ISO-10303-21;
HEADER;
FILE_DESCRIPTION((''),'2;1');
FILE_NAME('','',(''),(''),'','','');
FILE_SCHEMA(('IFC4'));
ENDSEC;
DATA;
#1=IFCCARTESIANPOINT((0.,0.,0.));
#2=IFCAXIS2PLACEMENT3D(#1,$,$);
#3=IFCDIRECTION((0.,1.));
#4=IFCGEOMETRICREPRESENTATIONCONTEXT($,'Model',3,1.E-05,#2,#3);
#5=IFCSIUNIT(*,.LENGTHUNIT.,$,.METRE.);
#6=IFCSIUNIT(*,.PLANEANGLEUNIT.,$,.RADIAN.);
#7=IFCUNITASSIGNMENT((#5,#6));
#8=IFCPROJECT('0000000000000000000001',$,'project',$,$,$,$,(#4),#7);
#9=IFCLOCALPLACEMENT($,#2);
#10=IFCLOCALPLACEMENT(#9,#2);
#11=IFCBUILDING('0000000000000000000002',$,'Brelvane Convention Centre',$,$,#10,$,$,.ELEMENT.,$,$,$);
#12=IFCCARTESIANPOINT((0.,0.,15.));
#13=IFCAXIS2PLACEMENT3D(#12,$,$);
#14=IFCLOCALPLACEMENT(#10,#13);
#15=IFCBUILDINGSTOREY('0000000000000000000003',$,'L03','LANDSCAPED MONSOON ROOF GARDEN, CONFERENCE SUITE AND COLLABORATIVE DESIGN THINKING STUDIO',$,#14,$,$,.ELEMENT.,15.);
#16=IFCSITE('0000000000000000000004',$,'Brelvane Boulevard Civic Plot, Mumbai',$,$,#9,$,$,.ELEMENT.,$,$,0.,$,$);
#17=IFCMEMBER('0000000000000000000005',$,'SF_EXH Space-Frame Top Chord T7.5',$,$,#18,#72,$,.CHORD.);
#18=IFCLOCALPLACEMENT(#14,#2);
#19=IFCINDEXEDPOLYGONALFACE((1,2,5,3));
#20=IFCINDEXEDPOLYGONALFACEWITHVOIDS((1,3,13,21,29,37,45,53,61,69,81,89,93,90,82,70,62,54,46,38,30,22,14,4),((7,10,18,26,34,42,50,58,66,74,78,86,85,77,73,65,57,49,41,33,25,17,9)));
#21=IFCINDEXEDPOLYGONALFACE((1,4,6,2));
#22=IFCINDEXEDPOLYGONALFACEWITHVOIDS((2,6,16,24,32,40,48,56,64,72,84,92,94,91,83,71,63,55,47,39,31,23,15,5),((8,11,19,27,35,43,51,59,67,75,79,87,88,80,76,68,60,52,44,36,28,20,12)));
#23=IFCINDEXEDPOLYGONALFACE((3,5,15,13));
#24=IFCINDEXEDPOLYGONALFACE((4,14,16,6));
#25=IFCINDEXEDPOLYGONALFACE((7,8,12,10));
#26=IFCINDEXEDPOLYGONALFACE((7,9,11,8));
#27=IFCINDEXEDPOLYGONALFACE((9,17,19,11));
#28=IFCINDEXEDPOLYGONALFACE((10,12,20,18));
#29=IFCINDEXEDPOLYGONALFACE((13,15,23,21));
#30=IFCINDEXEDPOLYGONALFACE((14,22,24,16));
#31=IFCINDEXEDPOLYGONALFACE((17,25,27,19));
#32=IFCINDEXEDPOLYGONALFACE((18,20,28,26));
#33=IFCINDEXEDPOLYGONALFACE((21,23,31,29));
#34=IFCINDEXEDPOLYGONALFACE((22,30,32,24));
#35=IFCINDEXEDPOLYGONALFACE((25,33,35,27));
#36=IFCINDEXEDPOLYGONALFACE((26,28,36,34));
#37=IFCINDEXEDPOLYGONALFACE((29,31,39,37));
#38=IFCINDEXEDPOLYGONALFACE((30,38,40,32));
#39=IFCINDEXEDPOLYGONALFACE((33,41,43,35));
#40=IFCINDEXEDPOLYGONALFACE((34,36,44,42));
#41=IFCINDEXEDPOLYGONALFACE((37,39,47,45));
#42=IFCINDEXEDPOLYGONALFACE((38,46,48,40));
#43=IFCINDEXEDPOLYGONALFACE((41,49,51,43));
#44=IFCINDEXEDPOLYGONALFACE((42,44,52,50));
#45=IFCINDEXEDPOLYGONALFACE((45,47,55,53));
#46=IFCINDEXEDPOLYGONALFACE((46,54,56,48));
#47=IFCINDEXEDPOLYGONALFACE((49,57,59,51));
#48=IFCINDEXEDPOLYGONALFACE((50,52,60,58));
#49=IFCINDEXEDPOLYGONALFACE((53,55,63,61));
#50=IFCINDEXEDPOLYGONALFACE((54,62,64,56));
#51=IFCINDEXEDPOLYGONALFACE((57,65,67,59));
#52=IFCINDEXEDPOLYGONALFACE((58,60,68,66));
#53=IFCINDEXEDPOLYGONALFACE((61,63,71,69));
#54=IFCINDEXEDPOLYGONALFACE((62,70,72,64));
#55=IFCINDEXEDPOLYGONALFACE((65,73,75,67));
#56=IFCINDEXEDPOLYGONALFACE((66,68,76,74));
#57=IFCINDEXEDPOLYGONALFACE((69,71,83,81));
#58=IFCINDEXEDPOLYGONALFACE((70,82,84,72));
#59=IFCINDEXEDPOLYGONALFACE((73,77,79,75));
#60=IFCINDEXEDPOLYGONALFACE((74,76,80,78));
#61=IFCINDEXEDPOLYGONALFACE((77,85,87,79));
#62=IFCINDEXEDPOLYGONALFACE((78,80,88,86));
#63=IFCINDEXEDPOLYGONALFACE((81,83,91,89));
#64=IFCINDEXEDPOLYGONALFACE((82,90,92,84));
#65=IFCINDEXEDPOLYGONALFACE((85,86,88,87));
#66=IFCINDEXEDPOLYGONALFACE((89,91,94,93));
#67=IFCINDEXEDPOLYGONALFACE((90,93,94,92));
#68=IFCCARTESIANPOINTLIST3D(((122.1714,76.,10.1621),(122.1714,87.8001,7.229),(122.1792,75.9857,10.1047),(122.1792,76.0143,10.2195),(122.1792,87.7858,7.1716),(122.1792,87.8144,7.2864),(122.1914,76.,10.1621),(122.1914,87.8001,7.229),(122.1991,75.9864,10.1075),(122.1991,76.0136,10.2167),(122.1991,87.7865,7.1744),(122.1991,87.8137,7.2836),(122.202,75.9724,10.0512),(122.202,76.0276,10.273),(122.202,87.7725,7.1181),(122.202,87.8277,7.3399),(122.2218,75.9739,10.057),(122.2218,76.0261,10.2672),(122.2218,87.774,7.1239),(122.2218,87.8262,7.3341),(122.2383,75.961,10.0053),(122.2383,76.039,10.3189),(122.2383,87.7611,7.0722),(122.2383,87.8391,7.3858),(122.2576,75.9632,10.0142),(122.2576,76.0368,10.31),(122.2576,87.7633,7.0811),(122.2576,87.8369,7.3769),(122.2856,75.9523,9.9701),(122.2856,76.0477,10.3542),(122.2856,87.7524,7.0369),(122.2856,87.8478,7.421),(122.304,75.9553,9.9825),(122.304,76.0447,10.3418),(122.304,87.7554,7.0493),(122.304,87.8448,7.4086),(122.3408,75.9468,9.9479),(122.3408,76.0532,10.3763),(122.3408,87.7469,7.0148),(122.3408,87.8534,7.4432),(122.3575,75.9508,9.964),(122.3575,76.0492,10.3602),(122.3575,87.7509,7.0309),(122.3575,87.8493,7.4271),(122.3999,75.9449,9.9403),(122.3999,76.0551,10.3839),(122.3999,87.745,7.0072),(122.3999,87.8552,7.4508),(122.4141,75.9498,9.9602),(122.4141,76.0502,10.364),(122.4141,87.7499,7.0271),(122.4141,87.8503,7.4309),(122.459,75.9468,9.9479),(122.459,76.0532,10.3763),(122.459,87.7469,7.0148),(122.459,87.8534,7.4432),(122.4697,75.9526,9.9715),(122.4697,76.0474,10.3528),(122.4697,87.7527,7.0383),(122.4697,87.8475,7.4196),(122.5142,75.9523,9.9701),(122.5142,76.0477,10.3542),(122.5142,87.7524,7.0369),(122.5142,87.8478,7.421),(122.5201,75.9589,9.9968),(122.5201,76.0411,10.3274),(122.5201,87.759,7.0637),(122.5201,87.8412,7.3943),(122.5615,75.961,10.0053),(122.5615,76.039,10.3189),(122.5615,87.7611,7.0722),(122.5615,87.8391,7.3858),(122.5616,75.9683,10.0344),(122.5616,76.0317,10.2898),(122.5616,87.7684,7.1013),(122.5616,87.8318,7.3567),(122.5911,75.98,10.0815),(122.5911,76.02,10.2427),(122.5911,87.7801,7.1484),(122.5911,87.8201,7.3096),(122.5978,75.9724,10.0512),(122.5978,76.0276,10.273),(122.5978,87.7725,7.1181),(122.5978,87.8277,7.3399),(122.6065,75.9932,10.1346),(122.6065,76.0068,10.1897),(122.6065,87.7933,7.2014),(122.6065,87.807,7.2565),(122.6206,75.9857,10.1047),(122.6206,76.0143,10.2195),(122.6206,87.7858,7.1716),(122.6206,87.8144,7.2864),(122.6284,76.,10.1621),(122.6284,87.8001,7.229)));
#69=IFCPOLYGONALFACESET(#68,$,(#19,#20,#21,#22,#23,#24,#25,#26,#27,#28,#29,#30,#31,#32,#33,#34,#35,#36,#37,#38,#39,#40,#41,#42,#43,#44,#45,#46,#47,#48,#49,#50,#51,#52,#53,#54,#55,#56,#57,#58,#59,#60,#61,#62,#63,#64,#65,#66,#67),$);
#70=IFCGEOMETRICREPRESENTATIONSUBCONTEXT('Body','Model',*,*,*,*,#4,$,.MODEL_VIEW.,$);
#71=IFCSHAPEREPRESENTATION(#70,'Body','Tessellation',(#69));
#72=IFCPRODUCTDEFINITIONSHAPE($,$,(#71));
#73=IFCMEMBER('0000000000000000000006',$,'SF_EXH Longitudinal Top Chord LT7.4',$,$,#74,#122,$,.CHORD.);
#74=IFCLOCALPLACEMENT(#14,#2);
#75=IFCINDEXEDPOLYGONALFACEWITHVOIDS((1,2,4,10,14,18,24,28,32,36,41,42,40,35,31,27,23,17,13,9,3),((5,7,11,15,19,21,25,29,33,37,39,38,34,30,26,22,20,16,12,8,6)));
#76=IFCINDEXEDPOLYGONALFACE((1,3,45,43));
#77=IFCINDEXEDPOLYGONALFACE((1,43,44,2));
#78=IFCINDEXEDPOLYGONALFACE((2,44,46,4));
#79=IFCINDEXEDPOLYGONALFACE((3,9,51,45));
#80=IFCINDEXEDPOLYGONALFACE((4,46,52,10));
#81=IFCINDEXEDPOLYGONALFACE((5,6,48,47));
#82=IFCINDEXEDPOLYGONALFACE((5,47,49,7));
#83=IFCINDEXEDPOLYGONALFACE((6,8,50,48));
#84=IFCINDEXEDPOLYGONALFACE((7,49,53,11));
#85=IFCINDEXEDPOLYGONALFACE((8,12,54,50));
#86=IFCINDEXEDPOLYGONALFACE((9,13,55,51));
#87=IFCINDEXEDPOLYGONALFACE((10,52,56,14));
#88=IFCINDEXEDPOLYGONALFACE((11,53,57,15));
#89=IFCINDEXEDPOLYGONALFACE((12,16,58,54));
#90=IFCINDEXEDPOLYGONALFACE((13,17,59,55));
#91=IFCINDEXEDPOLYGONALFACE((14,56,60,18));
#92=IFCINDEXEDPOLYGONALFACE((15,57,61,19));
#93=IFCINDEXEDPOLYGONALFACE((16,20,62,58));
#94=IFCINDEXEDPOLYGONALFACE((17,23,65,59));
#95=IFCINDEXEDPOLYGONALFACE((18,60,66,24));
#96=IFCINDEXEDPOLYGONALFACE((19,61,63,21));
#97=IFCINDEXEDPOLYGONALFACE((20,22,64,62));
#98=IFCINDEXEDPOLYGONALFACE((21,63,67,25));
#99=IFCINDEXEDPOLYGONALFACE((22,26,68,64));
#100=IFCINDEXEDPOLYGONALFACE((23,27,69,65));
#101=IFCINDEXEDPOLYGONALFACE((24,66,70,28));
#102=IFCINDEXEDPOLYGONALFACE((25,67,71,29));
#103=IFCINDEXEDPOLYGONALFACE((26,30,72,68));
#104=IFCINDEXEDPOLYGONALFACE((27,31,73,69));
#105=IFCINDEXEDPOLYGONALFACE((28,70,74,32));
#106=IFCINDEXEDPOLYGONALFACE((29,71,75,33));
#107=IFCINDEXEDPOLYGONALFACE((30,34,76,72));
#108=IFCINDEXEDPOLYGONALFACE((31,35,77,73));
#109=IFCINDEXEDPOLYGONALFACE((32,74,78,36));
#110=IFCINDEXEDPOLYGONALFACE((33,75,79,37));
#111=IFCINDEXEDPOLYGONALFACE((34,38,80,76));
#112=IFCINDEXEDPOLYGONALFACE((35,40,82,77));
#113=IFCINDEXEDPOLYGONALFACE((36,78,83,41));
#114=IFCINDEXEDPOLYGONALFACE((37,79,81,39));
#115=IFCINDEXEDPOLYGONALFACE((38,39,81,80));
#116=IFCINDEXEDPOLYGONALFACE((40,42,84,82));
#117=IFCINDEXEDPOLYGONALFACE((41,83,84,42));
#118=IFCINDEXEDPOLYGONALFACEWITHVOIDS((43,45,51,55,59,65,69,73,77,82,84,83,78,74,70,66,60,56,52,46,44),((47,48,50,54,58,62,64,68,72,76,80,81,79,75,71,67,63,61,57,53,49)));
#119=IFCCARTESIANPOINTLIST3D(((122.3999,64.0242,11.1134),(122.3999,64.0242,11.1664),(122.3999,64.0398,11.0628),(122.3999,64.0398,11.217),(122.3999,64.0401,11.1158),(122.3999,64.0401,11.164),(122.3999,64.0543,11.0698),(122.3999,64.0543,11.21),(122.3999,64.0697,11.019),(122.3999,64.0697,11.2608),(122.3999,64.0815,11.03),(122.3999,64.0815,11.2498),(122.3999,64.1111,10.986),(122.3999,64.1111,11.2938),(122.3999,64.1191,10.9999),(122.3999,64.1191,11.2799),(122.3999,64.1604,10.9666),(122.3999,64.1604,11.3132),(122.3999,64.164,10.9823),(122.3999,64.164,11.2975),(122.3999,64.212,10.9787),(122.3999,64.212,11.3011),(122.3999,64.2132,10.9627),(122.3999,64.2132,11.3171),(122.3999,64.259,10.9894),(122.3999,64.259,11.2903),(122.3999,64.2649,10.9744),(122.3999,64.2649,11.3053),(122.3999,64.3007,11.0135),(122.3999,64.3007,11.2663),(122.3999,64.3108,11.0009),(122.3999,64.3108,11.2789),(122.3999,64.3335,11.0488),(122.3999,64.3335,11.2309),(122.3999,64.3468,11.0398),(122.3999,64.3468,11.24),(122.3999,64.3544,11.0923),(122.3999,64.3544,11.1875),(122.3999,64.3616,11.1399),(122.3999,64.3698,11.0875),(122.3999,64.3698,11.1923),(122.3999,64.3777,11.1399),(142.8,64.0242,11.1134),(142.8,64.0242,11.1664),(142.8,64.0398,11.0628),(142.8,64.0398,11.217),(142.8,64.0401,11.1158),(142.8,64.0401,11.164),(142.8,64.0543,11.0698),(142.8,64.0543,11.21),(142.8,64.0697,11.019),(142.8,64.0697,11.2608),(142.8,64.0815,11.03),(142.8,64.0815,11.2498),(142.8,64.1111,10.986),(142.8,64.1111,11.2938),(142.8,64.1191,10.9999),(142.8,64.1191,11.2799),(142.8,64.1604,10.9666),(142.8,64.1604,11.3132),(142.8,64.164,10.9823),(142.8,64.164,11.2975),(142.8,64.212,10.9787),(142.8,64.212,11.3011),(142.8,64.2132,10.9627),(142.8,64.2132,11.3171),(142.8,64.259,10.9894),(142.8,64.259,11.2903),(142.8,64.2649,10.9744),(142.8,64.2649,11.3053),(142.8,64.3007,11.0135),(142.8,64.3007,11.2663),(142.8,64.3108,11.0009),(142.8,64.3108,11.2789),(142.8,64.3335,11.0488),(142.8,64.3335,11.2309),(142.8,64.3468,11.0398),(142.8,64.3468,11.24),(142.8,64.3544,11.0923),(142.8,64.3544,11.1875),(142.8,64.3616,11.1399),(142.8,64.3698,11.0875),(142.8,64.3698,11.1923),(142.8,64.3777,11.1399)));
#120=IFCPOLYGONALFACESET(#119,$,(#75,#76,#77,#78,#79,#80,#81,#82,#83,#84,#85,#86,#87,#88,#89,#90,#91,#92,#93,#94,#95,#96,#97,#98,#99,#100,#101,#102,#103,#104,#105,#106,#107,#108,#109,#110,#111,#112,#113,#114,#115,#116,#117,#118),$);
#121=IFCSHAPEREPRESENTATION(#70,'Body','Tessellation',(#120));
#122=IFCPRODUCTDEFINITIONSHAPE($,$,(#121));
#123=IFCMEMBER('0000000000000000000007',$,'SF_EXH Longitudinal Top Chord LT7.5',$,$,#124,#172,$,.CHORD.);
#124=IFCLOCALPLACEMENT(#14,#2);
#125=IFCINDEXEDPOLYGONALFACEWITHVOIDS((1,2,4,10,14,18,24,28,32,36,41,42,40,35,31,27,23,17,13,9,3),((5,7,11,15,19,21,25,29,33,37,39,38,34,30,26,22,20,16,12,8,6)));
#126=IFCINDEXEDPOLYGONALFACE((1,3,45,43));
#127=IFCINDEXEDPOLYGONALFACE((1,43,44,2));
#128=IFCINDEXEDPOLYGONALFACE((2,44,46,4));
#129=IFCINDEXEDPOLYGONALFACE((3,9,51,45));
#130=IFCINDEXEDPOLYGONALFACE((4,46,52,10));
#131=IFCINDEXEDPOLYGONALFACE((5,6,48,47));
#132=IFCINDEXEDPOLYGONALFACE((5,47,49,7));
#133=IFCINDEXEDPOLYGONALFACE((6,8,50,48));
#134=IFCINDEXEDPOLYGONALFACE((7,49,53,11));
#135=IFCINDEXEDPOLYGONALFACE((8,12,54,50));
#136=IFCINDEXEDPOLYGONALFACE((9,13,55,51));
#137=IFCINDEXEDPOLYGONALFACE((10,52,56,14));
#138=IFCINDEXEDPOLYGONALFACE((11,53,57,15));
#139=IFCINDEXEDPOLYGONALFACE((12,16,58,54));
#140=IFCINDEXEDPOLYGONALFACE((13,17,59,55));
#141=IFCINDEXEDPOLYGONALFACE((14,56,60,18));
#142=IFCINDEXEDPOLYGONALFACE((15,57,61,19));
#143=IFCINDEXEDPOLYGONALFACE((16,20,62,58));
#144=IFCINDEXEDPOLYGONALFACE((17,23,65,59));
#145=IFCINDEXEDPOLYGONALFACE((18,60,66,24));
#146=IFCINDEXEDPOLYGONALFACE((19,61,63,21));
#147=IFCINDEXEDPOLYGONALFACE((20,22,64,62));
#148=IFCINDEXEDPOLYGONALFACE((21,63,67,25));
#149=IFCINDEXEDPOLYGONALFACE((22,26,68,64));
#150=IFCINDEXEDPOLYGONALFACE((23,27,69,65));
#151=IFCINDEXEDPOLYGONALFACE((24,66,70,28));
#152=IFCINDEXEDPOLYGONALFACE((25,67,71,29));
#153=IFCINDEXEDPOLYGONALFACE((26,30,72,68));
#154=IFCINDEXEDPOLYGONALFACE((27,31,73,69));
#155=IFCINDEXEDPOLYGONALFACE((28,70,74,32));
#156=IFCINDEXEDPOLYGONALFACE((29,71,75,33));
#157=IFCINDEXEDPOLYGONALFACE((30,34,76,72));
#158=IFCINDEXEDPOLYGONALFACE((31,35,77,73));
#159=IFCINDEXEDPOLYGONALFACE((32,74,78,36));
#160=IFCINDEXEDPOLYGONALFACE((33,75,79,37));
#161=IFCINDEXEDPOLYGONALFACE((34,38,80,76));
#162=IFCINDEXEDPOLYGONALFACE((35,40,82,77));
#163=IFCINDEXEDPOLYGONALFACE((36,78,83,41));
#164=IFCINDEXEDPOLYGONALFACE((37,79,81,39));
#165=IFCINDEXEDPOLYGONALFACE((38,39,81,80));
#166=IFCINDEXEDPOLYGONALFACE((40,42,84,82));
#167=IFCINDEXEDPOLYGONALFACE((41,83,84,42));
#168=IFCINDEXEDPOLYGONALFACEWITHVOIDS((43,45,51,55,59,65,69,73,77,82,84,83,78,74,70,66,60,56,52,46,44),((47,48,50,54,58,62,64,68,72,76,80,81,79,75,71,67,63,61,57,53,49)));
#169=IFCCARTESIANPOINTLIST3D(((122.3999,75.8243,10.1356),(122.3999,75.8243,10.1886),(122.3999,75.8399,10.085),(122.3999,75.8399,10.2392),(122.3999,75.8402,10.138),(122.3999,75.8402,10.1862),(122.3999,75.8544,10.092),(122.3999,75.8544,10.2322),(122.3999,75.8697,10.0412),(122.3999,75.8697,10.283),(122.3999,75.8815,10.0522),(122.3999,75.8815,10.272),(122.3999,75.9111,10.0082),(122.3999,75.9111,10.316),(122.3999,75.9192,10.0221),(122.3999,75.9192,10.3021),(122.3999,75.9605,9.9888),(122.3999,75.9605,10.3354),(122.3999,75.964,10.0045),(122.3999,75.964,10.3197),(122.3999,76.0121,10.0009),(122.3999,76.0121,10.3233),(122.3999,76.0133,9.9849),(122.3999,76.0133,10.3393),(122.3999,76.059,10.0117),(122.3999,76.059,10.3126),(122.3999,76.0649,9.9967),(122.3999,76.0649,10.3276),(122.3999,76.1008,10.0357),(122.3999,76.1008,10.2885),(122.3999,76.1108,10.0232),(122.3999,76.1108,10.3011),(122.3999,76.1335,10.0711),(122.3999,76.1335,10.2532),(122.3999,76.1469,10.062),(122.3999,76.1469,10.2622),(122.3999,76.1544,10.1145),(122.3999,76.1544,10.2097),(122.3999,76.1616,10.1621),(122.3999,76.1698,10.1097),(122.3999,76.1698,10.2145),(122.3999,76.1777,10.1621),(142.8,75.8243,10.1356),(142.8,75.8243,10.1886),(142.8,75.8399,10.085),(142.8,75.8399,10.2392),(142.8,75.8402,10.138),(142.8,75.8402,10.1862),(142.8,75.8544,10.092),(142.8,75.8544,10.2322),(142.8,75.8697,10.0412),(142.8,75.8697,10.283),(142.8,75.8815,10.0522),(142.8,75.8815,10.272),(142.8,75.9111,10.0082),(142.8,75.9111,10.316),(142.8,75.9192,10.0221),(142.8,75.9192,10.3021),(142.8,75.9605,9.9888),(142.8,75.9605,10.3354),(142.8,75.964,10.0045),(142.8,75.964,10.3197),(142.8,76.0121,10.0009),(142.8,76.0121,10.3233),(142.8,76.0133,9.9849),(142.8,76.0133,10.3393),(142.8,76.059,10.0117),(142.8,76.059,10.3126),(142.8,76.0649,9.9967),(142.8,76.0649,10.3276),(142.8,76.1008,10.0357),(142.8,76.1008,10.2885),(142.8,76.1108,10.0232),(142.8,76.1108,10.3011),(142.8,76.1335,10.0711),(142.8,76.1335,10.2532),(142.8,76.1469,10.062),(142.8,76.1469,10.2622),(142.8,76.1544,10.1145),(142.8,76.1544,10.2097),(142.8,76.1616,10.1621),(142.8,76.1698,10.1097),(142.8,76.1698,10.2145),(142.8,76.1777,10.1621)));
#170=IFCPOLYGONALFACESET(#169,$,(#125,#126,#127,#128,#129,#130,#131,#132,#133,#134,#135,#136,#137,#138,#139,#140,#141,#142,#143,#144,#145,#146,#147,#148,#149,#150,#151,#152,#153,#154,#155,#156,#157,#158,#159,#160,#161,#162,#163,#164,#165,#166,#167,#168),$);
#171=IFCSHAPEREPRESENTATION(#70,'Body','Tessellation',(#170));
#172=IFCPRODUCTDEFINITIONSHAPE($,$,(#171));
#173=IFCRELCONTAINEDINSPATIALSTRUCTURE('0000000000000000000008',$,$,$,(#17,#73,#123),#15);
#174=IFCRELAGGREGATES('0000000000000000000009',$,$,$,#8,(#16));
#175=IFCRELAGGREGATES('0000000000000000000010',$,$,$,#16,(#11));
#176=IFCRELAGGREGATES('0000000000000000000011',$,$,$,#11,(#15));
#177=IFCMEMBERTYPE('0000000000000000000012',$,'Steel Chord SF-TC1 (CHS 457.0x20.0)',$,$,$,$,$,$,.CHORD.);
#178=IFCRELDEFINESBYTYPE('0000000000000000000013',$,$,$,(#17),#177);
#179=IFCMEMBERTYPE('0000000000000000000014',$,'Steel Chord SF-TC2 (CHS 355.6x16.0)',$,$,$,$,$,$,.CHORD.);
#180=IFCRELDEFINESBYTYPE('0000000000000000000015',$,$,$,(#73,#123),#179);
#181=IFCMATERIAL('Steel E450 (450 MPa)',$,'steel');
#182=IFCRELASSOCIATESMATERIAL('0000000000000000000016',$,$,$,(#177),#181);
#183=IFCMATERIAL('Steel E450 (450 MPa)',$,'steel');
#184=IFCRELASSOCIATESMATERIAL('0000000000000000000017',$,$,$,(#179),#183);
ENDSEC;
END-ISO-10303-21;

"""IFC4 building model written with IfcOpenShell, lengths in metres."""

from ifc_helpers import new_model, si_unit, direction, frame, origin, origin_2d, place, context, subcontext, project, spatial, hollow_circle, extrude, material, material_profile, profile_set, type_object, element, save


model = new_model("IFC4")

# Units and contexts
model_context = context("Model", 3, precision=1e-05, world=origin(), true_north=direction((0.0, 1.0)))
body_context = subcontext(model_context, "Body", "Model", "MODEL_VIEW")
ifc_project = project(units=[si_unit("LENGTHUNIT", "METRE"), si_unit("PLANEANGLEUNIT", "RADIAN")], contexts=[model_context])

# Site, building, storey
site_placement = place(None, origin())
site = spatial("IfcSite", under=ifc_project, at=site_placement, Name="Brelvane Boulevard Civic Plot, Mumbai", CompositionType="ELEMENT", RefElevation=0.0)
building_placement = place(site_placement, origin())
building = spatial("IfcBuilding", under=site, at=building_placement, Name="Brelvane Convention Centre", CompositionType="ELEMENT")
storey_placement = place(building_placement, frame((0.0, 0.0, 15.0)))
storey = spatial("IfcBuildingStorey", under=building, at=storey_placement, Name="L03", Description="LANDSCAPED MONSOON ROOF GARDEN, CONFERENCE SUITE AND COLLABORATIVE DESIGN THINKING STUDIO", CompositionType="ELEMENT", Elevation=15.0)

# Members
ifc_material_1 = material(Name="Steel E450 (450 MPa)", Category="steel")
ifc_material_profile_1 = material_profile(ifc_material_1, hollow_circle(Radius=0.2285, WallThickness=0.02, at=origin_2d()), Name="CHS 457.0x20.0")
ifc_profile_set_1 = profile_set([ifc_material_profile_1], Name="Steel E450 (450 MPa)")
member_type_1 = type_object("IfcMemberType", Name="Steel Chord SF-TC1 (CHS 457.0x20.0)", PredefinedType="CHORD", material=ifc_profile_set_1)
member_1_placement = place(storey_placement, frame((122.3999, 76.0, 10.1621), z_axis=(0.0, 0.970469, -0.241227), x_axis=(-1.0, 0.0, 0.0)))
element("IfcMember", 1, at=member_1_placement, inside=storey, type_object=member_type_1, Name="SF_EXH Space-Frame Top Chord T7.5", PredefinedType="CHORD", context=body_context, shape_type="SweptSolid", body=[
    extrude(hollow_circle(Radius=0.2285, WallThickness=0.02, at=origin_2d()), origin(), (0.0, 0.0, 1.0), 12.1592),
])
ifc_material_2 = material(Name="Steel E450 (450 MPa)", Category="steel")
ifc_material_profile_2 = material_profile(ifc_material_2, hollow_circle(Radius=0.1777, WallThickness=0.0161, at=origin_2d()), Name="CHS 355.6x16.0")
ifc_profile_set_2 = profile_set([ifc_material_profile_2], Name="Steel E450 (450 MPa)")
member_type_2 = type_object("IfcMemberType", Name="Steel Chord SF-TC2 (CHS 355.6x16.0)", PredefinedType="CHORD", material=ifc_profile_set_2)
for number, where, z_axis, x_axis, name in (
    (2, (122.3999, 64.2, 11.1399), (1.0, 0.0, 0.0), (0.0, 1.0, 0.0), "SF_EXH Longitudinal Top Chord LT7.4"),
    (3, (122.3999, 76.0, 10.1621), (1.0, 0.0, 0.0), (0.0, 1.0, 0.0), "SF_EXH Longitudinal Top Chord LT7.5"),
):
    element("IfcMember", number, at=place(storey_placement, frame(where, z_axis=z_axis, x_axis=x_axis)), inside=storey, type_object=member_type_2, Name=name, PredefinedType="CHORD", context=body_context, shape_type="SweptSolid", body=[
        extrude(hollow_circle(Radius=0.1777, WallThickness=0.0161, at=origin_2d()), origin(), (0.0, 0.0, 1.0), 20.4001),
    ])

save(model, "model.ifc")
